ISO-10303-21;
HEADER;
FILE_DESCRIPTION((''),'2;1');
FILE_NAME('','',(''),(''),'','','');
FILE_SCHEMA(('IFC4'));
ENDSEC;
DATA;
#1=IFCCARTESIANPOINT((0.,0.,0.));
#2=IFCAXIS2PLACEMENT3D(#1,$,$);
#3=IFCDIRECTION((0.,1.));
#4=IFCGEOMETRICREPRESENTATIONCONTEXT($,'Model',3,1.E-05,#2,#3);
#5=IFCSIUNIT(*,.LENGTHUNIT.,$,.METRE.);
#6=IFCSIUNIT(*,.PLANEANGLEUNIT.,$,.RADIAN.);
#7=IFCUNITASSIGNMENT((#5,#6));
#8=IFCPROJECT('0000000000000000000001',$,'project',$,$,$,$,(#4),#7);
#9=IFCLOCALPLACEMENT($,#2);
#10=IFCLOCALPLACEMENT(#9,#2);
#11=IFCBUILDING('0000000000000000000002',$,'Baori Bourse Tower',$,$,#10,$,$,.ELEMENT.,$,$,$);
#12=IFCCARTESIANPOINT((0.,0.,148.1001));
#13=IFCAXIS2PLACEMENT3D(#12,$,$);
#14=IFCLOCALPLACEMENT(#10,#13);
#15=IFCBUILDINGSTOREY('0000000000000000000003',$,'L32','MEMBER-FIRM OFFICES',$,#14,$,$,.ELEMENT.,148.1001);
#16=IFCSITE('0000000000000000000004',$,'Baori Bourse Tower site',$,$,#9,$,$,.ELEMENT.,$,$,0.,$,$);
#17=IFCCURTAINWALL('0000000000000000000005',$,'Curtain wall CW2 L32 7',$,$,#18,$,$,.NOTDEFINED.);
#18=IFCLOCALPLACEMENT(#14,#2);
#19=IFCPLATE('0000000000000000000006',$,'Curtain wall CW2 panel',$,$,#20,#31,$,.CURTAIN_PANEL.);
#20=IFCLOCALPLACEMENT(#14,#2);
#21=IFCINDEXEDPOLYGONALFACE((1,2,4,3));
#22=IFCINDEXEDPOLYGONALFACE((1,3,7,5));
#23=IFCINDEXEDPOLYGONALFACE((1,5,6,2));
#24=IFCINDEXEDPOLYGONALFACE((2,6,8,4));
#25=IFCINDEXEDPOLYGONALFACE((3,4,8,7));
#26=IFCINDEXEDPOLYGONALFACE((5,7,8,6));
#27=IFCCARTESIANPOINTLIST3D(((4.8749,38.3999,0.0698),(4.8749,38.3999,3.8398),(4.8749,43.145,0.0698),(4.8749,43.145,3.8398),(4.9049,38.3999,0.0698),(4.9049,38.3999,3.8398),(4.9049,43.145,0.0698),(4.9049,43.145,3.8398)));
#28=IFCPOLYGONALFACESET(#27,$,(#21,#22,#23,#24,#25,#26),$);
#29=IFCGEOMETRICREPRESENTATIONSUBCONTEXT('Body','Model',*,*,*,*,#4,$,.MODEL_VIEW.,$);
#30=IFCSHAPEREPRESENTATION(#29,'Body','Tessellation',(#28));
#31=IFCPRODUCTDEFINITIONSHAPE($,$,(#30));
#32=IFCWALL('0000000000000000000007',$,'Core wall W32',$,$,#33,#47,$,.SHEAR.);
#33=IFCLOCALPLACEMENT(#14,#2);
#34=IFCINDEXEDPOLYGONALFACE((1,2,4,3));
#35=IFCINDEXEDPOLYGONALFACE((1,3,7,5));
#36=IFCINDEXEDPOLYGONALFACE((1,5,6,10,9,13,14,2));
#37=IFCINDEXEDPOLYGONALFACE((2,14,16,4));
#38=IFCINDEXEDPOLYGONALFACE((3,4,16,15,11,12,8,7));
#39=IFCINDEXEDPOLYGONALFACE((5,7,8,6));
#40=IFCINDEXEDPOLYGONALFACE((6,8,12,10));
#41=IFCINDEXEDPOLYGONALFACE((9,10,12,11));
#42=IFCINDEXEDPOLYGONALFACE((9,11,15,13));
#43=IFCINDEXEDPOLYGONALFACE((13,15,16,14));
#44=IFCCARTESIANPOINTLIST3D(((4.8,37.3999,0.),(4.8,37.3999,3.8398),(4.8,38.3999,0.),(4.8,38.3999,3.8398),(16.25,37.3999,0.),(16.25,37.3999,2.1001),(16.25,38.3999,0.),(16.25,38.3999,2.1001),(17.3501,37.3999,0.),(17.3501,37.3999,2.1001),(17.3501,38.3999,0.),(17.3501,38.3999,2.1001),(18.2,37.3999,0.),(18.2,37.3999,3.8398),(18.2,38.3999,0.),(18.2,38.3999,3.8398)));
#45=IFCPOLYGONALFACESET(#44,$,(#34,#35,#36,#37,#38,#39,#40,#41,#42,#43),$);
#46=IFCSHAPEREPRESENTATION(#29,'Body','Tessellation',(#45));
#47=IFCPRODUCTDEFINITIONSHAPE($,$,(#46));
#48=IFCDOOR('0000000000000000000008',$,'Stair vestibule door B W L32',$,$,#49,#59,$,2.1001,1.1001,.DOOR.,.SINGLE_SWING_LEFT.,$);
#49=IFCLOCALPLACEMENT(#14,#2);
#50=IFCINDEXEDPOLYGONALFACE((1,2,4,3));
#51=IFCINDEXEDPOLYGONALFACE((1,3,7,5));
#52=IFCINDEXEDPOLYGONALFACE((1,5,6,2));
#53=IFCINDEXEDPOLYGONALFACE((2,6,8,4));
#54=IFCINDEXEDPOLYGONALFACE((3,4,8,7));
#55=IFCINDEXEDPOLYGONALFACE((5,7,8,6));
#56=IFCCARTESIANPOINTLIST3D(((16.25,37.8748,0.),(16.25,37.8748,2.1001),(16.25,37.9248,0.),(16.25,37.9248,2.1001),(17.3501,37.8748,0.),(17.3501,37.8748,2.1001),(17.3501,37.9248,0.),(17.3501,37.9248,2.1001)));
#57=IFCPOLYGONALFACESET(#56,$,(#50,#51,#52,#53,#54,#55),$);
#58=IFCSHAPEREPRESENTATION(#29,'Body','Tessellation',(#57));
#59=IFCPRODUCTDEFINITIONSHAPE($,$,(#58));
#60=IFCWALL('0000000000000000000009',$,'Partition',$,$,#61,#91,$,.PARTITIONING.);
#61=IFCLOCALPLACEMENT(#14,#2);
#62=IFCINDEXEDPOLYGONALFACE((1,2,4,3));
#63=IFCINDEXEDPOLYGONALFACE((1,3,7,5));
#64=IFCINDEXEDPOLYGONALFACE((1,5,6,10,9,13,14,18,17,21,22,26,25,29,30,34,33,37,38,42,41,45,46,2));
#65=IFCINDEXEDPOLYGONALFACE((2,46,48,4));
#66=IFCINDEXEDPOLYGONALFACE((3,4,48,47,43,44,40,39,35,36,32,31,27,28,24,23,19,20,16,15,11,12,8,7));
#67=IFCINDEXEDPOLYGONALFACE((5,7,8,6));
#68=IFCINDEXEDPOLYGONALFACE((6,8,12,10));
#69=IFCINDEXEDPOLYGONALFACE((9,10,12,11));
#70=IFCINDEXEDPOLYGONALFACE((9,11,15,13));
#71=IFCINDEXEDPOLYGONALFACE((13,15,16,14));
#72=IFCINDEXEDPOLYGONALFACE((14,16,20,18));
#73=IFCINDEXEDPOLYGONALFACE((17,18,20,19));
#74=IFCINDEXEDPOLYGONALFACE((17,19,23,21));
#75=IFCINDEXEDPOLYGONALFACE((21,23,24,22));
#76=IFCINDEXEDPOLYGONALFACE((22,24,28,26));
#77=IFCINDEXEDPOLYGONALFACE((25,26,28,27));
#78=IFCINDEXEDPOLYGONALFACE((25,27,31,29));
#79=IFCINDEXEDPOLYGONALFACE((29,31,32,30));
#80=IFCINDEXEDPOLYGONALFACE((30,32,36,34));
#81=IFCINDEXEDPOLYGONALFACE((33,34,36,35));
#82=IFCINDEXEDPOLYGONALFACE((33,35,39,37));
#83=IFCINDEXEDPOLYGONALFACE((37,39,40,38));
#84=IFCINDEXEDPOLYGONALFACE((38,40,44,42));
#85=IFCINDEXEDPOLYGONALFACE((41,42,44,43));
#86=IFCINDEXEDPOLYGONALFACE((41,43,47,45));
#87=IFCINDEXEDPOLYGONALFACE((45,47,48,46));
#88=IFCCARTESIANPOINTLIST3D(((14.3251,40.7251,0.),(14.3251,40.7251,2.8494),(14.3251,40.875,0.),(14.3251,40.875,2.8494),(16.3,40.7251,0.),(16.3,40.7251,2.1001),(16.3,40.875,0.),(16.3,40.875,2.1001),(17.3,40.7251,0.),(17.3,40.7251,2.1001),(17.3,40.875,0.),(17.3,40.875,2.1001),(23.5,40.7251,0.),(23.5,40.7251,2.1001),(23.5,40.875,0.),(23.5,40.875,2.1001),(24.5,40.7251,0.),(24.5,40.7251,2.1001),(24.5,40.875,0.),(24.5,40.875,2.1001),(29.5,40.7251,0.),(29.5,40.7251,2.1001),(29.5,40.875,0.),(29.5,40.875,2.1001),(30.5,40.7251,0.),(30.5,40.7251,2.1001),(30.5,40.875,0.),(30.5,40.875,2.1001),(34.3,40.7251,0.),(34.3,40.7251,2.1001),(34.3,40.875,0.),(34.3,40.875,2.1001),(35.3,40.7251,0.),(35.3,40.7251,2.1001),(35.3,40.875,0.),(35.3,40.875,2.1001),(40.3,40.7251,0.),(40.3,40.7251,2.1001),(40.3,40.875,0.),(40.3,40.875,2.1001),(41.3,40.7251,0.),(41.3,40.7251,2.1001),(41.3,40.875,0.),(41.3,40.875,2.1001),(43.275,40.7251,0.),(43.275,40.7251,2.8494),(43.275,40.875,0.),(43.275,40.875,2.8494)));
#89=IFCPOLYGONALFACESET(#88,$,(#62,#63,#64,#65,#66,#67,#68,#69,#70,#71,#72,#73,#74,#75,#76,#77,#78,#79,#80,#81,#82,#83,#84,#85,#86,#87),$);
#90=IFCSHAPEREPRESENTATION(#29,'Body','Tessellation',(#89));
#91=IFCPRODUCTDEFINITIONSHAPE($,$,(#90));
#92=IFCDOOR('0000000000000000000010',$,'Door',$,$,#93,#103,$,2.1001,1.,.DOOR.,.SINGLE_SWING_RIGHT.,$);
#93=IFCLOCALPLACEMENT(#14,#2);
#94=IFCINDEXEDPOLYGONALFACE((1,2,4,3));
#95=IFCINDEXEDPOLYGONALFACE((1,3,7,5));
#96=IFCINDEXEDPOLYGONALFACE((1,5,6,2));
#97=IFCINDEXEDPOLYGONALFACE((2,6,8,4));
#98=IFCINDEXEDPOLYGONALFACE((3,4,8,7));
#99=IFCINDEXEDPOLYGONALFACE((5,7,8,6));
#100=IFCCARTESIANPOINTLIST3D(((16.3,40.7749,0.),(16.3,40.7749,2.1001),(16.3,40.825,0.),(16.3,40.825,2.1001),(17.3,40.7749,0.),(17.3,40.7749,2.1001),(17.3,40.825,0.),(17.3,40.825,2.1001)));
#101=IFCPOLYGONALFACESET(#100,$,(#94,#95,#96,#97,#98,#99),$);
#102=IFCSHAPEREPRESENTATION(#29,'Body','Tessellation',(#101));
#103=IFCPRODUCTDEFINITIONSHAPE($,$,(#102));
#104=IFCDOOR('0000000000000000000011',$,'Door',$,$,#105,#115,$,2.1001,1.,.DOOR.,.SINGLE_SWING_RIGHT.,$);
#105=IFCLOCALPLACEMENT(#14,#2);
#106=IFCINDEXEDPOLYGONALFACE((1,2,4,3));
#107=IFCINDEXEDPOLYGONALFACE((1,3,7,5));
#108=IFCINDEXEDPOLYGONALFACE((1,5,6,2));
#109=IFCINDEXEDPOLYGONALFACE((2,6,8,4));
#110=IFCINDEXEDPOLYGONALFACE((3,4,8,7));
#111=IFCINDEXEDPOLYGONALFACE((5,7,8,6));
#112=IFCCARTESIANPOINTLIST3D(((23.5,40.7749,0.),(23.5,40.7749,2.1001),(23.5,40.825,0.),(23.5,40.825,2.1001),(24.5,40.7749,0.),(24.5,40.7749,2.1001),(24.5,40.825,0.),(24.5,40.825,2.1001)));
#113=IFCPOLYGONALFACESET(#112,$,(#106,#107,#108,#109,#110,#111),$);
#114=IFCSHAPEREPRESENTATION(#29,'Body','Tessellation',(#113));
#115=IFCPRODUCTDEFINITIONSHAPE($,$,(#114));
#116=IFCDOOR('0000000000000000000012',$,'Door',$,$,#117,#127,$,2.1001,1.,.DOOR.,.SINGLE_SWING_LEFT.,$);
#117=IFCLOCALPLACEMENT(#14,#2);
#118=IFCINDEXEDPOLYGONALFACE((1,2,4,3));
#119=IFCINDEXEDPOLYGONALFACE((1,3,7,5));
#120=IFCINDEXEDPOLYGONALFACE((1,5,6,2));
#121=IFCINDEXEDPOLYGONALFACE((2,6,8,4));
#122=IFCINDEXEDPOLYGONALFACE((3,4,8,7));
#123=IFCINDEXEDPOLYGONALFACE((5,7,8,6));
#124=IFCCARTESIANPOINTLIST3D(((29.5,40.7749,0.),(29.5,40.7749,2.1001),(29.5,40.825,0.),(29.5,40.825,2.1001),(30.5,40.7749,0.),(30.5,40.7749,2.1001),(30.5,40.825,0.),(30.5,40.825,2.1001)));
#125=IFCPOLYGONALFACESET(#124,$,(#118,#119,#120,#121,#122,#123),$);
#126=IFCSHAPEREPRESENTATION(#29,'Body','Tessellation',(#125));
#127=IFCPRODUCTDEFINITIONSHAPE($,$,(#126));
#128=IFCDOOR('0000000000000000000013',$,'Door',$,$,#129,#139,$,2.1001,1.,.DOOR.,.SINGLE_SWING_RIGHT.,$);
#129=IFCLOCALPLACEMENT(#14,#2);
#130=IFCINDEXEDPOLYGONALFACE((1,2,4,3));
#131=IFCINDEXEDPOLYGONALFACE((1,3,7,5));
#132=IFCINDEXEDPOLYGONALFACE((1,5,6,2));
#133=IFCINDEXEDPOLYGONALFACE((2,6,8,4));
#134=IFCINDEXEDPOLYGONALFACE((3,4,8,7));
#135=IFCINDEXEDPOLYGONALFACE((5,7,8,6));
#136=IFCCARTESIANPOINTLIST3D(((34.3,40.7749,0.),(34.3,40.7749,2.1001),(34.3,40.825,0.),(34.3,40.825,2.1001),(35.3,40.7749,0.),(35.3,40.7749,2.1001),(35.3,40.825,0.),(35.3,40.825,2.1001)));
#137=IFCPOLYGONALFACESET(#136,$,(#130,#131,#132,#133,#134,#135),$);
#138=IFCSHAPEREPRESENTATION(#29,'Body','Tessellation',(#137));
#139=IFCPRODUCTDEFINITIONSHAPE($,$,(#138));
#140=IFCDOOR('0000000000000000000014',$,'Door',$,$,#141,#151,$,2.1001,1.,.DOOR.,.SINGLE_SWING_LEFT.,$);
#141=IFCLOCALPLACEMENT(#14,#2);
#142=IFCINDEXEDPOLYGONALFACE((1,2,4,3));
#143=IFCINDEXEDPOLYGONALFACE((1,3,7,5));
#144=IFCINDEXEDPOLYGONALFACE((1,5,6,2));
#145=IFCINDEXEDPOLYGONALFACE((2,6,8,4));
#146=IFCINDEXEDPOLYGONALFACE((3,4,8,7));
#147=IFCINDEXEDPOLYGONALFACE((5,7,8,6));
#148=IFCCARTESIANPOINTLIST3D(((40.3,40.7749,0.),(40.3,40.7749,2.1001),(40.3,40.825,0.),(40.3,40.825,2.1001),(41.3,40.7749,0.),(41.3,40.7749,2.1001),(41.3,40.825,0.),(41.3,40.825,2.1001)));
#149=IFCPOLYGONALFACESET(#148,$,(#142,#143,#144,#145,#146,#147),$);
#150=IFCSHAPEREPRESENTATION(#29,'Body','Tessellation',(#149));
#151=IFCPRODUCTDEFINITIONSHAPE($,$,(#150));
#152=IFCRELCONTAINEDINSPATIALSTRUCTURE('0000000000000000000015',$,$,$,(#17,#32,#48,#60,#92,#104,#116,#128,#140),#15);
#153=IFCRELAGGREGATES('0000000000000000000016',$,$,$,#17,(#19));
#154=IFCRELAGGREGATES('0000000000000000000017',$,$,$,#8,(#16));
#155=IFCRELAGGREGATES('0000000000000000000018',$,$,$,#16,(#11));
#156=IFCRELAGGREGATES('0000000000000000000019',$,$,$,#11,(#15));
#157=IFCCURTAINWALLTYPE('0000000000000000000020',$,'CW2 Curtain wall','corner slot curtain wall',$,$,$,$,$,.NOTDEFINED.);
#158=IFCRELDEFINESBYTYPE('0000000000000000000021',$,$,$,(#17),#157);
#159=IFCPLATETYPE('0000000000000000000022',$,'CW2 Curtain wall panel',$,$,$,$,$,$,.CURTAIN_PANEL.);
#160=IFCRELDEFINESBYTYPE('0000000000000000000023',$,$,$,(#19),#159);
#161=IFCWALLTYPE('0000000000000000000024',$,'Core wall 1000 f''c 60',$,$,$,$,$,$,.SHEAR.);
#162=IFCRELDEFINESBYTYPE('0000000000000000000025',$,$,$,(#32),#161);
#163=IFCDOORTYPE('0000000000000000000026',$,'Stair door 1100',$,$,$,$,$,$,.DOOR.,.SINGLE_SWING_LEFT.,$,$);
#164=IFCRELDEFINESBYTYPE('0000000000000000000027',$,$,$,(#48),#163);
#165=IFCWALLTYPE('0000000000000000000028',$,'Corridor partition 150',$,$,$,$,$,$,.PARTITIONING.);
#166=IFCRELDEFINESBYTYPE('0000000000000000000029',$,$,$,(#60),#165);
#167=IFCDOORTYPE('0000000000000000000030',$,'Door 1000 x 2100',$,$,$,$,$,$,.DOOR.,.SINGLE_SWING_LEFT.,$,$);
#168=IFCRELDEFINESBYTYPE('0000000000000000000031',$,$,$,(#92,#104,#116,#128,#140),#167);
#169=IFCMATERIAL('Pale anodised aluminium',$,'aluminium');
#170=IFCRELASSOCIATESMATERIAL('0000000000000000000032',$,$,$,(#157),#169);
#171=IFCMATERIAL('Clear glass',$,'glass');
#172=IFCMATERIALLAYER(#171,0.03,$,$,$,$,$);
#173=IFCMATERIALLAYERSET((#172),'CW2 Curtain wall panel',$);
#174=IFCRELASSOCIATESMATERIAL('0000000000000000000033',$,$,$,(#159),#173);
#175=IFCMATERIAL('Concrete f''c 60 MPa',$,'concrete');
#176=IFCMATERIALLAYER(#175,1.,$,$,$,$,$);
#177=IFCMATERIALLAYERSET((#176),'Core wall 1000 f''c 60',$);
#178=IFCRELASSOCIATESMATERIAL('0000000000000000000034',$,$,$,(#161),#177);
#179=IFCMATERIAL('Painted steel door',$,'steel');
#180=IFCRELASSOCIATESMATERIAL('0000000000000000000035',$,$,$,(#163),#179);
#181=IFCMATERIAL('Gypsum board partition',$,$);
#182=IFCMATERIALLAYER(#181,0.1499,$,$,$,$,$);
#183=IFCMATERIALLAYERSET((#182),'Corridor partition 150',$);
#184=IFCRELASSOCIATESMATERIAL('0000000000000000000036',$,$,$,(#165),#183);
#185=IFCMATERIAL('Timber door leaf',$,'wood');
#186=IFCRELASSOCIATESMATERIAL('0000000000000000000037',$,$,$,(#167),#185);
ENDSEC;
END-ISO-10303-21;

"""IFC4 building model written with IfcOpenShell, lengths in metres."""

from ifc_helpers import new_model, si_unit, direction, frame, frame_2d, origin, origin_2d, place, context, subcontext, project, spatial, rectangle, extrude, material, layer, layer_set, type_object, element, fill, aggregate, save


model = new_model("IFC4")

# Units and contexts
model_context = context("Model", 3, precision=1e-05, world=origin(), true_north=direction((0.0, 1.0)))
body_context = subcontext(model_context, "Body", "Model", "MODEL_VIEW")
ifc_project = project(units=[si_unit("LENGTHUNIT", "METRE"), si_unit("PLANEANGLEUNIT", "RADIAN")], contexts=[model_context])

# Site, building, storey
site_placement = place(None, origin())
site = spatial("IfcSite", under=ifc_project, at=site_placement, Name="Baori Bourse Tower site", CompositionType="ELEMENT", RefElevation=0.0)
building_placement = place(site_placement, origin())
building = spatial("IfcBuilding", under=site, at=building_placement, Name="Baori Bourse Tower", CompositionType="ELEMENT")
storey_placement = place(building_placement, frame((0.0, 0.0, 148.1001)))
storey = spatial("IfcBuildingStorey", under=building, at=storey_placement, Name="L32", Description="MEMBER-FIRM OFFICES", CompositionType="ELEMENT", Elevation=148.1001)

# Curtain wall
ifc_material_1 = material(Name="Pale anodised aluminium", Category="aluminium")
curtain_wall_type = type_object("IfcCurtainWallType", Name="CW2 Curtain wall", Description="corner slot curtain wall", PredefinedType="NOTDEFINED", material=ifc_material_1)
curtain_wall_1_placement = place(storey_placement, origin())
curtain_wall_1 = element("IfcCurtainWall", 1, at=curtain_wall_1_placement, inside=storey, type_object=curtain_wall_type, Name="Curtain wall CW2 L32 7", PredefinedType="NOTDEFINED")

# Plate
ifc_material_2 = material(Name="Clear glass", Category="glass")
ifc_layer_1 = layer(ifc_material_2, 0.03)
ifc_layer_set_1 = layer_set([ifc_layer_1], Name="CW2 Curtain wall panel")
plate_type = type_object("IfcPlateType", Name="CW2 Curtain wall panel", PredefinedType="CURTAIN_PANEL", material=ifc_layer_set_1)
plate_1_placement = place(storey_placement, frame((4.8899, 40.7725, 0.0698), z_axis=(0.0, 0.0, 1.0), x_axis=(0.0, -1.0, 0.0)))
plate_1 = element("IfcPlate", 2, at=plate_1_placement, type_object=plate_type, Name="Curtain wall CW2 panel", PredefinedType="CURTAIN_PANEL", context=body_context, shape_type="SweptSolid", body=[
    extrude(rectangle(XDim=4.7451, YDim=0.03, at=origin_2d()), origin(), (0.0, 0.0, 1.0), 3.77),
])
aggregate(curtain_wall_1, [plate_1])

# Wall, opening, door
ifc_material_3 = material(Name="Concrete f'c 60 MPa", Category="concrete")
ifc_layer_2 = layer(ifc_material_3, 1.0)
ifc_layer_set_2 = layer_set([ifc_layer_2], Name="Core wall 1000 f'c 60")
wall_type_1 = type_object("IfcWallType", Name="Core wall 1000 f'c 60", PredefinedType="SHEAR", material=ifc_layer_set_2)
wall_1_placement = place(storey_placement, frame((4.8, 37.8999, 0.0), z_axis=(0.0, 0.0, 1.0), x_axis=(1.0, 0.0, 0.0)))
wall_1 = element("IfcWall", 3, at=wall_1_placement, inside=storey, type_object=wall_type_1, Name="Core wall W32", PredefinedType="SHEAR", context=body_context, shape_type="SweptSolid", body=[
    extrude(rectangle(XDim=13.3999, YDim=1.0, at=frame_2d((6.7, 0.0))), origin(), (0.0, 0.0, 1.0), 3.8398),
])
opening_1_placement = place(wall_1_placement, frame((11.45, 0.0, 0.0)))
opening_1 = element("IfcOpeningElement", 4, at=opening_1_placement, cuts=wall_1, PredefinedType="OPENING", context=body_context, shape_type="SweptSolid", body=[
    extrude(rectangle(XDim=1.1001, YDim=2.1001, at=frame_2d((0.55, 1.05))), frame((0.0, 0.51, 0.0), z_axis=(0.0, -1.0, 0.0), x_axis=(1.0, 0.0, 0.0)), (0.0, 0.0, 1.0), 1.02),
])
ifc_material_4 = material(Name="Painted steel door", Category="steel")
door_type_1 = type_object("IfcDoorType", Name="Stair door 1100", OperationType="SINGLE_SWING_LEFT", PredefinedType="DOOR", material=ifc_material_4)
door_1_placement = place(opening_1_placement, origin())
door_1 = element("IfcDoor", 5, at=door_1_placement, inside=storey, type_object=door_type_1, Name="Stair vestibule door B W L32", OperationType="SINGLE_SWING_LEFT", OverallHeight=2.1001, OverallWidth=1.1001, PredefinedType="DOOR", context=body_context, shape_type="SweptSolid", body=[
    extrude(rectangle(XDim=1.1001, YDim=2.1001, at=frame_2d((0.55, 1.05))), frame((0.0, 0.0249, 0.0), z_axis=(0.0, -1.0, 0.0), x_axis=(1.0, 0.0, 0.0)), (0.0, 0.0, 1.0), 0.05),
])
fill(opening_1, door_1)

# Wall, openings, doors
ifc_material_5 = material(Name="Gypsum board partition")
ifc_layer_3 = layer(ifc_material_5, 0.1499)
ifc_layer_set_3 = layer_set([ifc_layer_3], Name="Corridor partition 150")
wall_type_2 = type_object("IfcWallType", Name="Corridor partition 150", PredefinedType="PARTITIONING", material=ifc_layer_set_3)
wall_2_placement = place(storey_placement, frame((14.325, 40.8, 0.0), z_axis=(0.0, 0.0, 1.0), x_axis=(1.0, 0.0, 0.0)))
wall_2 = element("IfcWall", 6, at=wall_2_placement, inside=storey, type_object=wall_type_2, Name="Partition", PredefinedType="PARTITIONING", context=body_context, shape_type="SweptSolid", body=[
    extrude(rectangle(XDim=28.95, YDim=0.1499, at=frame_2d((14.4751, 0.0))), origin(), (0.0, 0.0, 1.0), 2.8494),
])
opening_2_placement = place(wall_2_placement, frame((1.9751, 0.0, 0.0)))
opening_2 = element("IfcOpeningElement", 7, at=opening_2_placement, cuts=wall_2, PredefinedType="OPENING", context=body_context, shape_type="SweptSolid", body=[
    extrude(rectangle(XDim=1.0, YDim=2.1001, at=frame_2d((0.5, 1.05))), frame((0.0, 0.085, 0.0), z_axis=(0.0, -1.0, 0.0), x_axis=(1.0, 0.0, 0.0)), (0.0, 0.0, 1.0), 0.1699),
])
opening_3_placement = place(wall_2_placement, frame((9.175, 0.0, 0.0)))
opening_3 = element("IfcOpeningElement", 8, at=opening_3_placement, cuts=wall_2, PredefinedType="OPENING", context=body_context, shape_type="SweptSolid", body=[
    extrude(rectangle(XDim=1.0, YDim=2.1001, at=frame_2d((0.5, 1.05))), frame((0.0, 0.085, 0.0), z_axis=(0.0, -1.0, 0.0), x_axis=(1.0, 0.0, 0.0)), (0.0, 0.0, 1.0), 0.1699),
])
opening_4_placement = place(wall_2_placement, frame((15.175, 0.0, 0.0)))
opening_4 = element("IfcOpeningElement", 9, at=opening_4_placement, cuts=wall_2, PredefinedType="OPENING", context=body_context, shape_type="SweptSolid", body=[
    extrude(rectangle(XDim=1.0, YDim=2.1001, at=frame_2d((0.5, 1.05))), frame((0.0, 0.085, 0.0), z_axis=(0.0, -1.0, 0.0), x_axis=(1.0, 0.0, 0.0)), (0.0, 0.0, 1.0), 0.1699),
])
opening_5_placement = place(wall_2_placement, frame((19.9751, 0.0, 0.0)))
opening_5 = element("IfcOpeningElement", 10, at=opening_5_placement, cuts=wall_2, PredefinedType="OPENING", context=body_context, shape_type="SweptSolid", body=[
    extrude(rectangle(XDim=1.0, YDim=2.1001, at=frame_2d((0.5, 1.05))), frame((0.0, 0.085, 0.0), z_axis=(0.0, -1.0, 0.0), x_axis=(1.0, 0.0, 0.0)), (0.0, 0.0, 1.0), 0.1699),
])
opening_6_placement = place(wall_2_placement, frame((25.9751, 0.0, 0.0)))
opening_6 = element("IfcOpeningElement", 11, at=opening_6_placement, cuts=wall_2, PredefinedType="OPENING", context=body_context, shape_type="SweptSolid", body=[
    extrude(rectangle(XDim=1.0, YDim=2.1001, at=frame_2d((0.5, 1.05))), frame((0.0, 0.085, 0.0), z_axis=(0.0, -1.0, 0.0), x_axis=(1.0, 0.0, 0.0)), (0.0, 0.0, 1.0), 0.1699),
])
ifc_material_6 = material(Name="Timber door leaf", Category="wood")
door_type_2 = type_object("IfcDoorType", Name="Door 1000 x 2100", OperationType="SINGLE_SWING_LEFT", PredefinedType="DOOR", material=ifc_material_6)
door_2_placement = place(opening_2_placement, origin())
door_2 = element("IfcDoor", 12, at=door_2_placement, inside=storey, type_object=door_type_2, Name="Door", OperationType="SINGLE_SWING_RIGHT", OverallHeight=2.1001, OverallWidth=1.0, PredefinedType="DOOR", context=body_context, shape_type="SweptSolid", body=[
    extrude(rectangle(XDim=1.0, YDim=2.1001, at=frame_2d((0.5, 1.05))), frame((0.0, 0.0249, 0.0), z_axis=(0.0, -1.0, 0.0), x_axis=(1.0, 0.0, 0.0)), (0.0, 0.0, 1.0), 0.05),
])
fill(opening_2, door_2)
door_3_placement = place(opening_3_placement, origin())
door_3 = element("IfcDoor", 13, at=door_3_placement, inside=storey, type_object=door_type_2, Name="Door", OperationType="SINGLE_SWING_RIGHT", OverallHeight=2.1001, OverallWidth=1.0, PredefinedType="DOOR", context=body_context, shape_type="SweptSolid", body=[
    extrude(rectangle(XDim=1.0, YDim=2.1001, at=frame_2d((0.5, 1.05))), frame((0.0, 0.0249, 0.0), z_axis=(0.0, -1.0, 0.0), x_axis=(1.0, 0.0, 0.0)), (0.0, 0.0, 1.0), 0.05),
])
fill(opening_3, door_3)
door_4_placement = place(opening_4_placement, origin())
door_4 = element("IfcDoor", 14, at=door_4_placement, inside=storey, type_object=door_type_2, Name="Door", OperationType="SINGLE_SWING_LEFT", OverallHeight=2.1001, OverallWidth=1.0, PredefinedType="DOOR", context=body_context, shape_type="SweptSolid", body=[
    extrude(rectangle(XDim=1.0, YDim=2.1001, at=frame_2d((0.5, 1.05))), frame((0.0, 0.0249, 0.0), z_axis=(0.0, -1.0, 0.0), x_axis=(1.0, 0.0, 0.0)), (0.0, 0.0, 1.0), 0.05),
])
fill(opening_4, door_4)
door_5_placement = place(opening_5_placement, origin())
door_5 = element("IfcDoor", 15, at=door_5_placement, inside=storey, type_object=door_type_2, Name="Door", OperationType="SINGLE_SWING_RIGHT", OverallHeight=2.1001, OverallWidth=1.0, PredefinedType="DOOR", context=body_context, shape_type="SweptSolid", body=[
    extrude(rectangle(XDim=1.0, YDim=2.1001, at=frame_2d((0.5, 1.05))), frame((0.0, 0.0249, 0.0), z_axis=(0.0, -1.0, 0.0), x_axis=(1.0, 0.0, 0.0)), (0.0, 0.0, 1.0), 0.05),
])
fill(opening_5, door_5)
door_6_placement = place(opening_6_placement, origin())
door_6 = element("IfcDoor", 16, at=door_6_placement, inside=storey, type_object=door_type_2, Name="Door", OperationType="SINGLE_SWING_LEFT", OverallHeight=2.1001, OverallWidth=1.0, PredefinedType="DOOR", context=body_context, shape_type="SweptSolid", body=[
    extrude(rectangle(XDim=1.0, YDim=2.1001, at=frame_2d((0.5, 1.05))), frame((0.0, 0.0249, 0.0), z_axis=(0.0, -1.0, 0.0), x_axis=(1.0, 0.0, 0.0)), (0.0, 0.0, 1.0), 0.05),
])
fill(opening_6, door_6)

save(model, "model.ifc")
